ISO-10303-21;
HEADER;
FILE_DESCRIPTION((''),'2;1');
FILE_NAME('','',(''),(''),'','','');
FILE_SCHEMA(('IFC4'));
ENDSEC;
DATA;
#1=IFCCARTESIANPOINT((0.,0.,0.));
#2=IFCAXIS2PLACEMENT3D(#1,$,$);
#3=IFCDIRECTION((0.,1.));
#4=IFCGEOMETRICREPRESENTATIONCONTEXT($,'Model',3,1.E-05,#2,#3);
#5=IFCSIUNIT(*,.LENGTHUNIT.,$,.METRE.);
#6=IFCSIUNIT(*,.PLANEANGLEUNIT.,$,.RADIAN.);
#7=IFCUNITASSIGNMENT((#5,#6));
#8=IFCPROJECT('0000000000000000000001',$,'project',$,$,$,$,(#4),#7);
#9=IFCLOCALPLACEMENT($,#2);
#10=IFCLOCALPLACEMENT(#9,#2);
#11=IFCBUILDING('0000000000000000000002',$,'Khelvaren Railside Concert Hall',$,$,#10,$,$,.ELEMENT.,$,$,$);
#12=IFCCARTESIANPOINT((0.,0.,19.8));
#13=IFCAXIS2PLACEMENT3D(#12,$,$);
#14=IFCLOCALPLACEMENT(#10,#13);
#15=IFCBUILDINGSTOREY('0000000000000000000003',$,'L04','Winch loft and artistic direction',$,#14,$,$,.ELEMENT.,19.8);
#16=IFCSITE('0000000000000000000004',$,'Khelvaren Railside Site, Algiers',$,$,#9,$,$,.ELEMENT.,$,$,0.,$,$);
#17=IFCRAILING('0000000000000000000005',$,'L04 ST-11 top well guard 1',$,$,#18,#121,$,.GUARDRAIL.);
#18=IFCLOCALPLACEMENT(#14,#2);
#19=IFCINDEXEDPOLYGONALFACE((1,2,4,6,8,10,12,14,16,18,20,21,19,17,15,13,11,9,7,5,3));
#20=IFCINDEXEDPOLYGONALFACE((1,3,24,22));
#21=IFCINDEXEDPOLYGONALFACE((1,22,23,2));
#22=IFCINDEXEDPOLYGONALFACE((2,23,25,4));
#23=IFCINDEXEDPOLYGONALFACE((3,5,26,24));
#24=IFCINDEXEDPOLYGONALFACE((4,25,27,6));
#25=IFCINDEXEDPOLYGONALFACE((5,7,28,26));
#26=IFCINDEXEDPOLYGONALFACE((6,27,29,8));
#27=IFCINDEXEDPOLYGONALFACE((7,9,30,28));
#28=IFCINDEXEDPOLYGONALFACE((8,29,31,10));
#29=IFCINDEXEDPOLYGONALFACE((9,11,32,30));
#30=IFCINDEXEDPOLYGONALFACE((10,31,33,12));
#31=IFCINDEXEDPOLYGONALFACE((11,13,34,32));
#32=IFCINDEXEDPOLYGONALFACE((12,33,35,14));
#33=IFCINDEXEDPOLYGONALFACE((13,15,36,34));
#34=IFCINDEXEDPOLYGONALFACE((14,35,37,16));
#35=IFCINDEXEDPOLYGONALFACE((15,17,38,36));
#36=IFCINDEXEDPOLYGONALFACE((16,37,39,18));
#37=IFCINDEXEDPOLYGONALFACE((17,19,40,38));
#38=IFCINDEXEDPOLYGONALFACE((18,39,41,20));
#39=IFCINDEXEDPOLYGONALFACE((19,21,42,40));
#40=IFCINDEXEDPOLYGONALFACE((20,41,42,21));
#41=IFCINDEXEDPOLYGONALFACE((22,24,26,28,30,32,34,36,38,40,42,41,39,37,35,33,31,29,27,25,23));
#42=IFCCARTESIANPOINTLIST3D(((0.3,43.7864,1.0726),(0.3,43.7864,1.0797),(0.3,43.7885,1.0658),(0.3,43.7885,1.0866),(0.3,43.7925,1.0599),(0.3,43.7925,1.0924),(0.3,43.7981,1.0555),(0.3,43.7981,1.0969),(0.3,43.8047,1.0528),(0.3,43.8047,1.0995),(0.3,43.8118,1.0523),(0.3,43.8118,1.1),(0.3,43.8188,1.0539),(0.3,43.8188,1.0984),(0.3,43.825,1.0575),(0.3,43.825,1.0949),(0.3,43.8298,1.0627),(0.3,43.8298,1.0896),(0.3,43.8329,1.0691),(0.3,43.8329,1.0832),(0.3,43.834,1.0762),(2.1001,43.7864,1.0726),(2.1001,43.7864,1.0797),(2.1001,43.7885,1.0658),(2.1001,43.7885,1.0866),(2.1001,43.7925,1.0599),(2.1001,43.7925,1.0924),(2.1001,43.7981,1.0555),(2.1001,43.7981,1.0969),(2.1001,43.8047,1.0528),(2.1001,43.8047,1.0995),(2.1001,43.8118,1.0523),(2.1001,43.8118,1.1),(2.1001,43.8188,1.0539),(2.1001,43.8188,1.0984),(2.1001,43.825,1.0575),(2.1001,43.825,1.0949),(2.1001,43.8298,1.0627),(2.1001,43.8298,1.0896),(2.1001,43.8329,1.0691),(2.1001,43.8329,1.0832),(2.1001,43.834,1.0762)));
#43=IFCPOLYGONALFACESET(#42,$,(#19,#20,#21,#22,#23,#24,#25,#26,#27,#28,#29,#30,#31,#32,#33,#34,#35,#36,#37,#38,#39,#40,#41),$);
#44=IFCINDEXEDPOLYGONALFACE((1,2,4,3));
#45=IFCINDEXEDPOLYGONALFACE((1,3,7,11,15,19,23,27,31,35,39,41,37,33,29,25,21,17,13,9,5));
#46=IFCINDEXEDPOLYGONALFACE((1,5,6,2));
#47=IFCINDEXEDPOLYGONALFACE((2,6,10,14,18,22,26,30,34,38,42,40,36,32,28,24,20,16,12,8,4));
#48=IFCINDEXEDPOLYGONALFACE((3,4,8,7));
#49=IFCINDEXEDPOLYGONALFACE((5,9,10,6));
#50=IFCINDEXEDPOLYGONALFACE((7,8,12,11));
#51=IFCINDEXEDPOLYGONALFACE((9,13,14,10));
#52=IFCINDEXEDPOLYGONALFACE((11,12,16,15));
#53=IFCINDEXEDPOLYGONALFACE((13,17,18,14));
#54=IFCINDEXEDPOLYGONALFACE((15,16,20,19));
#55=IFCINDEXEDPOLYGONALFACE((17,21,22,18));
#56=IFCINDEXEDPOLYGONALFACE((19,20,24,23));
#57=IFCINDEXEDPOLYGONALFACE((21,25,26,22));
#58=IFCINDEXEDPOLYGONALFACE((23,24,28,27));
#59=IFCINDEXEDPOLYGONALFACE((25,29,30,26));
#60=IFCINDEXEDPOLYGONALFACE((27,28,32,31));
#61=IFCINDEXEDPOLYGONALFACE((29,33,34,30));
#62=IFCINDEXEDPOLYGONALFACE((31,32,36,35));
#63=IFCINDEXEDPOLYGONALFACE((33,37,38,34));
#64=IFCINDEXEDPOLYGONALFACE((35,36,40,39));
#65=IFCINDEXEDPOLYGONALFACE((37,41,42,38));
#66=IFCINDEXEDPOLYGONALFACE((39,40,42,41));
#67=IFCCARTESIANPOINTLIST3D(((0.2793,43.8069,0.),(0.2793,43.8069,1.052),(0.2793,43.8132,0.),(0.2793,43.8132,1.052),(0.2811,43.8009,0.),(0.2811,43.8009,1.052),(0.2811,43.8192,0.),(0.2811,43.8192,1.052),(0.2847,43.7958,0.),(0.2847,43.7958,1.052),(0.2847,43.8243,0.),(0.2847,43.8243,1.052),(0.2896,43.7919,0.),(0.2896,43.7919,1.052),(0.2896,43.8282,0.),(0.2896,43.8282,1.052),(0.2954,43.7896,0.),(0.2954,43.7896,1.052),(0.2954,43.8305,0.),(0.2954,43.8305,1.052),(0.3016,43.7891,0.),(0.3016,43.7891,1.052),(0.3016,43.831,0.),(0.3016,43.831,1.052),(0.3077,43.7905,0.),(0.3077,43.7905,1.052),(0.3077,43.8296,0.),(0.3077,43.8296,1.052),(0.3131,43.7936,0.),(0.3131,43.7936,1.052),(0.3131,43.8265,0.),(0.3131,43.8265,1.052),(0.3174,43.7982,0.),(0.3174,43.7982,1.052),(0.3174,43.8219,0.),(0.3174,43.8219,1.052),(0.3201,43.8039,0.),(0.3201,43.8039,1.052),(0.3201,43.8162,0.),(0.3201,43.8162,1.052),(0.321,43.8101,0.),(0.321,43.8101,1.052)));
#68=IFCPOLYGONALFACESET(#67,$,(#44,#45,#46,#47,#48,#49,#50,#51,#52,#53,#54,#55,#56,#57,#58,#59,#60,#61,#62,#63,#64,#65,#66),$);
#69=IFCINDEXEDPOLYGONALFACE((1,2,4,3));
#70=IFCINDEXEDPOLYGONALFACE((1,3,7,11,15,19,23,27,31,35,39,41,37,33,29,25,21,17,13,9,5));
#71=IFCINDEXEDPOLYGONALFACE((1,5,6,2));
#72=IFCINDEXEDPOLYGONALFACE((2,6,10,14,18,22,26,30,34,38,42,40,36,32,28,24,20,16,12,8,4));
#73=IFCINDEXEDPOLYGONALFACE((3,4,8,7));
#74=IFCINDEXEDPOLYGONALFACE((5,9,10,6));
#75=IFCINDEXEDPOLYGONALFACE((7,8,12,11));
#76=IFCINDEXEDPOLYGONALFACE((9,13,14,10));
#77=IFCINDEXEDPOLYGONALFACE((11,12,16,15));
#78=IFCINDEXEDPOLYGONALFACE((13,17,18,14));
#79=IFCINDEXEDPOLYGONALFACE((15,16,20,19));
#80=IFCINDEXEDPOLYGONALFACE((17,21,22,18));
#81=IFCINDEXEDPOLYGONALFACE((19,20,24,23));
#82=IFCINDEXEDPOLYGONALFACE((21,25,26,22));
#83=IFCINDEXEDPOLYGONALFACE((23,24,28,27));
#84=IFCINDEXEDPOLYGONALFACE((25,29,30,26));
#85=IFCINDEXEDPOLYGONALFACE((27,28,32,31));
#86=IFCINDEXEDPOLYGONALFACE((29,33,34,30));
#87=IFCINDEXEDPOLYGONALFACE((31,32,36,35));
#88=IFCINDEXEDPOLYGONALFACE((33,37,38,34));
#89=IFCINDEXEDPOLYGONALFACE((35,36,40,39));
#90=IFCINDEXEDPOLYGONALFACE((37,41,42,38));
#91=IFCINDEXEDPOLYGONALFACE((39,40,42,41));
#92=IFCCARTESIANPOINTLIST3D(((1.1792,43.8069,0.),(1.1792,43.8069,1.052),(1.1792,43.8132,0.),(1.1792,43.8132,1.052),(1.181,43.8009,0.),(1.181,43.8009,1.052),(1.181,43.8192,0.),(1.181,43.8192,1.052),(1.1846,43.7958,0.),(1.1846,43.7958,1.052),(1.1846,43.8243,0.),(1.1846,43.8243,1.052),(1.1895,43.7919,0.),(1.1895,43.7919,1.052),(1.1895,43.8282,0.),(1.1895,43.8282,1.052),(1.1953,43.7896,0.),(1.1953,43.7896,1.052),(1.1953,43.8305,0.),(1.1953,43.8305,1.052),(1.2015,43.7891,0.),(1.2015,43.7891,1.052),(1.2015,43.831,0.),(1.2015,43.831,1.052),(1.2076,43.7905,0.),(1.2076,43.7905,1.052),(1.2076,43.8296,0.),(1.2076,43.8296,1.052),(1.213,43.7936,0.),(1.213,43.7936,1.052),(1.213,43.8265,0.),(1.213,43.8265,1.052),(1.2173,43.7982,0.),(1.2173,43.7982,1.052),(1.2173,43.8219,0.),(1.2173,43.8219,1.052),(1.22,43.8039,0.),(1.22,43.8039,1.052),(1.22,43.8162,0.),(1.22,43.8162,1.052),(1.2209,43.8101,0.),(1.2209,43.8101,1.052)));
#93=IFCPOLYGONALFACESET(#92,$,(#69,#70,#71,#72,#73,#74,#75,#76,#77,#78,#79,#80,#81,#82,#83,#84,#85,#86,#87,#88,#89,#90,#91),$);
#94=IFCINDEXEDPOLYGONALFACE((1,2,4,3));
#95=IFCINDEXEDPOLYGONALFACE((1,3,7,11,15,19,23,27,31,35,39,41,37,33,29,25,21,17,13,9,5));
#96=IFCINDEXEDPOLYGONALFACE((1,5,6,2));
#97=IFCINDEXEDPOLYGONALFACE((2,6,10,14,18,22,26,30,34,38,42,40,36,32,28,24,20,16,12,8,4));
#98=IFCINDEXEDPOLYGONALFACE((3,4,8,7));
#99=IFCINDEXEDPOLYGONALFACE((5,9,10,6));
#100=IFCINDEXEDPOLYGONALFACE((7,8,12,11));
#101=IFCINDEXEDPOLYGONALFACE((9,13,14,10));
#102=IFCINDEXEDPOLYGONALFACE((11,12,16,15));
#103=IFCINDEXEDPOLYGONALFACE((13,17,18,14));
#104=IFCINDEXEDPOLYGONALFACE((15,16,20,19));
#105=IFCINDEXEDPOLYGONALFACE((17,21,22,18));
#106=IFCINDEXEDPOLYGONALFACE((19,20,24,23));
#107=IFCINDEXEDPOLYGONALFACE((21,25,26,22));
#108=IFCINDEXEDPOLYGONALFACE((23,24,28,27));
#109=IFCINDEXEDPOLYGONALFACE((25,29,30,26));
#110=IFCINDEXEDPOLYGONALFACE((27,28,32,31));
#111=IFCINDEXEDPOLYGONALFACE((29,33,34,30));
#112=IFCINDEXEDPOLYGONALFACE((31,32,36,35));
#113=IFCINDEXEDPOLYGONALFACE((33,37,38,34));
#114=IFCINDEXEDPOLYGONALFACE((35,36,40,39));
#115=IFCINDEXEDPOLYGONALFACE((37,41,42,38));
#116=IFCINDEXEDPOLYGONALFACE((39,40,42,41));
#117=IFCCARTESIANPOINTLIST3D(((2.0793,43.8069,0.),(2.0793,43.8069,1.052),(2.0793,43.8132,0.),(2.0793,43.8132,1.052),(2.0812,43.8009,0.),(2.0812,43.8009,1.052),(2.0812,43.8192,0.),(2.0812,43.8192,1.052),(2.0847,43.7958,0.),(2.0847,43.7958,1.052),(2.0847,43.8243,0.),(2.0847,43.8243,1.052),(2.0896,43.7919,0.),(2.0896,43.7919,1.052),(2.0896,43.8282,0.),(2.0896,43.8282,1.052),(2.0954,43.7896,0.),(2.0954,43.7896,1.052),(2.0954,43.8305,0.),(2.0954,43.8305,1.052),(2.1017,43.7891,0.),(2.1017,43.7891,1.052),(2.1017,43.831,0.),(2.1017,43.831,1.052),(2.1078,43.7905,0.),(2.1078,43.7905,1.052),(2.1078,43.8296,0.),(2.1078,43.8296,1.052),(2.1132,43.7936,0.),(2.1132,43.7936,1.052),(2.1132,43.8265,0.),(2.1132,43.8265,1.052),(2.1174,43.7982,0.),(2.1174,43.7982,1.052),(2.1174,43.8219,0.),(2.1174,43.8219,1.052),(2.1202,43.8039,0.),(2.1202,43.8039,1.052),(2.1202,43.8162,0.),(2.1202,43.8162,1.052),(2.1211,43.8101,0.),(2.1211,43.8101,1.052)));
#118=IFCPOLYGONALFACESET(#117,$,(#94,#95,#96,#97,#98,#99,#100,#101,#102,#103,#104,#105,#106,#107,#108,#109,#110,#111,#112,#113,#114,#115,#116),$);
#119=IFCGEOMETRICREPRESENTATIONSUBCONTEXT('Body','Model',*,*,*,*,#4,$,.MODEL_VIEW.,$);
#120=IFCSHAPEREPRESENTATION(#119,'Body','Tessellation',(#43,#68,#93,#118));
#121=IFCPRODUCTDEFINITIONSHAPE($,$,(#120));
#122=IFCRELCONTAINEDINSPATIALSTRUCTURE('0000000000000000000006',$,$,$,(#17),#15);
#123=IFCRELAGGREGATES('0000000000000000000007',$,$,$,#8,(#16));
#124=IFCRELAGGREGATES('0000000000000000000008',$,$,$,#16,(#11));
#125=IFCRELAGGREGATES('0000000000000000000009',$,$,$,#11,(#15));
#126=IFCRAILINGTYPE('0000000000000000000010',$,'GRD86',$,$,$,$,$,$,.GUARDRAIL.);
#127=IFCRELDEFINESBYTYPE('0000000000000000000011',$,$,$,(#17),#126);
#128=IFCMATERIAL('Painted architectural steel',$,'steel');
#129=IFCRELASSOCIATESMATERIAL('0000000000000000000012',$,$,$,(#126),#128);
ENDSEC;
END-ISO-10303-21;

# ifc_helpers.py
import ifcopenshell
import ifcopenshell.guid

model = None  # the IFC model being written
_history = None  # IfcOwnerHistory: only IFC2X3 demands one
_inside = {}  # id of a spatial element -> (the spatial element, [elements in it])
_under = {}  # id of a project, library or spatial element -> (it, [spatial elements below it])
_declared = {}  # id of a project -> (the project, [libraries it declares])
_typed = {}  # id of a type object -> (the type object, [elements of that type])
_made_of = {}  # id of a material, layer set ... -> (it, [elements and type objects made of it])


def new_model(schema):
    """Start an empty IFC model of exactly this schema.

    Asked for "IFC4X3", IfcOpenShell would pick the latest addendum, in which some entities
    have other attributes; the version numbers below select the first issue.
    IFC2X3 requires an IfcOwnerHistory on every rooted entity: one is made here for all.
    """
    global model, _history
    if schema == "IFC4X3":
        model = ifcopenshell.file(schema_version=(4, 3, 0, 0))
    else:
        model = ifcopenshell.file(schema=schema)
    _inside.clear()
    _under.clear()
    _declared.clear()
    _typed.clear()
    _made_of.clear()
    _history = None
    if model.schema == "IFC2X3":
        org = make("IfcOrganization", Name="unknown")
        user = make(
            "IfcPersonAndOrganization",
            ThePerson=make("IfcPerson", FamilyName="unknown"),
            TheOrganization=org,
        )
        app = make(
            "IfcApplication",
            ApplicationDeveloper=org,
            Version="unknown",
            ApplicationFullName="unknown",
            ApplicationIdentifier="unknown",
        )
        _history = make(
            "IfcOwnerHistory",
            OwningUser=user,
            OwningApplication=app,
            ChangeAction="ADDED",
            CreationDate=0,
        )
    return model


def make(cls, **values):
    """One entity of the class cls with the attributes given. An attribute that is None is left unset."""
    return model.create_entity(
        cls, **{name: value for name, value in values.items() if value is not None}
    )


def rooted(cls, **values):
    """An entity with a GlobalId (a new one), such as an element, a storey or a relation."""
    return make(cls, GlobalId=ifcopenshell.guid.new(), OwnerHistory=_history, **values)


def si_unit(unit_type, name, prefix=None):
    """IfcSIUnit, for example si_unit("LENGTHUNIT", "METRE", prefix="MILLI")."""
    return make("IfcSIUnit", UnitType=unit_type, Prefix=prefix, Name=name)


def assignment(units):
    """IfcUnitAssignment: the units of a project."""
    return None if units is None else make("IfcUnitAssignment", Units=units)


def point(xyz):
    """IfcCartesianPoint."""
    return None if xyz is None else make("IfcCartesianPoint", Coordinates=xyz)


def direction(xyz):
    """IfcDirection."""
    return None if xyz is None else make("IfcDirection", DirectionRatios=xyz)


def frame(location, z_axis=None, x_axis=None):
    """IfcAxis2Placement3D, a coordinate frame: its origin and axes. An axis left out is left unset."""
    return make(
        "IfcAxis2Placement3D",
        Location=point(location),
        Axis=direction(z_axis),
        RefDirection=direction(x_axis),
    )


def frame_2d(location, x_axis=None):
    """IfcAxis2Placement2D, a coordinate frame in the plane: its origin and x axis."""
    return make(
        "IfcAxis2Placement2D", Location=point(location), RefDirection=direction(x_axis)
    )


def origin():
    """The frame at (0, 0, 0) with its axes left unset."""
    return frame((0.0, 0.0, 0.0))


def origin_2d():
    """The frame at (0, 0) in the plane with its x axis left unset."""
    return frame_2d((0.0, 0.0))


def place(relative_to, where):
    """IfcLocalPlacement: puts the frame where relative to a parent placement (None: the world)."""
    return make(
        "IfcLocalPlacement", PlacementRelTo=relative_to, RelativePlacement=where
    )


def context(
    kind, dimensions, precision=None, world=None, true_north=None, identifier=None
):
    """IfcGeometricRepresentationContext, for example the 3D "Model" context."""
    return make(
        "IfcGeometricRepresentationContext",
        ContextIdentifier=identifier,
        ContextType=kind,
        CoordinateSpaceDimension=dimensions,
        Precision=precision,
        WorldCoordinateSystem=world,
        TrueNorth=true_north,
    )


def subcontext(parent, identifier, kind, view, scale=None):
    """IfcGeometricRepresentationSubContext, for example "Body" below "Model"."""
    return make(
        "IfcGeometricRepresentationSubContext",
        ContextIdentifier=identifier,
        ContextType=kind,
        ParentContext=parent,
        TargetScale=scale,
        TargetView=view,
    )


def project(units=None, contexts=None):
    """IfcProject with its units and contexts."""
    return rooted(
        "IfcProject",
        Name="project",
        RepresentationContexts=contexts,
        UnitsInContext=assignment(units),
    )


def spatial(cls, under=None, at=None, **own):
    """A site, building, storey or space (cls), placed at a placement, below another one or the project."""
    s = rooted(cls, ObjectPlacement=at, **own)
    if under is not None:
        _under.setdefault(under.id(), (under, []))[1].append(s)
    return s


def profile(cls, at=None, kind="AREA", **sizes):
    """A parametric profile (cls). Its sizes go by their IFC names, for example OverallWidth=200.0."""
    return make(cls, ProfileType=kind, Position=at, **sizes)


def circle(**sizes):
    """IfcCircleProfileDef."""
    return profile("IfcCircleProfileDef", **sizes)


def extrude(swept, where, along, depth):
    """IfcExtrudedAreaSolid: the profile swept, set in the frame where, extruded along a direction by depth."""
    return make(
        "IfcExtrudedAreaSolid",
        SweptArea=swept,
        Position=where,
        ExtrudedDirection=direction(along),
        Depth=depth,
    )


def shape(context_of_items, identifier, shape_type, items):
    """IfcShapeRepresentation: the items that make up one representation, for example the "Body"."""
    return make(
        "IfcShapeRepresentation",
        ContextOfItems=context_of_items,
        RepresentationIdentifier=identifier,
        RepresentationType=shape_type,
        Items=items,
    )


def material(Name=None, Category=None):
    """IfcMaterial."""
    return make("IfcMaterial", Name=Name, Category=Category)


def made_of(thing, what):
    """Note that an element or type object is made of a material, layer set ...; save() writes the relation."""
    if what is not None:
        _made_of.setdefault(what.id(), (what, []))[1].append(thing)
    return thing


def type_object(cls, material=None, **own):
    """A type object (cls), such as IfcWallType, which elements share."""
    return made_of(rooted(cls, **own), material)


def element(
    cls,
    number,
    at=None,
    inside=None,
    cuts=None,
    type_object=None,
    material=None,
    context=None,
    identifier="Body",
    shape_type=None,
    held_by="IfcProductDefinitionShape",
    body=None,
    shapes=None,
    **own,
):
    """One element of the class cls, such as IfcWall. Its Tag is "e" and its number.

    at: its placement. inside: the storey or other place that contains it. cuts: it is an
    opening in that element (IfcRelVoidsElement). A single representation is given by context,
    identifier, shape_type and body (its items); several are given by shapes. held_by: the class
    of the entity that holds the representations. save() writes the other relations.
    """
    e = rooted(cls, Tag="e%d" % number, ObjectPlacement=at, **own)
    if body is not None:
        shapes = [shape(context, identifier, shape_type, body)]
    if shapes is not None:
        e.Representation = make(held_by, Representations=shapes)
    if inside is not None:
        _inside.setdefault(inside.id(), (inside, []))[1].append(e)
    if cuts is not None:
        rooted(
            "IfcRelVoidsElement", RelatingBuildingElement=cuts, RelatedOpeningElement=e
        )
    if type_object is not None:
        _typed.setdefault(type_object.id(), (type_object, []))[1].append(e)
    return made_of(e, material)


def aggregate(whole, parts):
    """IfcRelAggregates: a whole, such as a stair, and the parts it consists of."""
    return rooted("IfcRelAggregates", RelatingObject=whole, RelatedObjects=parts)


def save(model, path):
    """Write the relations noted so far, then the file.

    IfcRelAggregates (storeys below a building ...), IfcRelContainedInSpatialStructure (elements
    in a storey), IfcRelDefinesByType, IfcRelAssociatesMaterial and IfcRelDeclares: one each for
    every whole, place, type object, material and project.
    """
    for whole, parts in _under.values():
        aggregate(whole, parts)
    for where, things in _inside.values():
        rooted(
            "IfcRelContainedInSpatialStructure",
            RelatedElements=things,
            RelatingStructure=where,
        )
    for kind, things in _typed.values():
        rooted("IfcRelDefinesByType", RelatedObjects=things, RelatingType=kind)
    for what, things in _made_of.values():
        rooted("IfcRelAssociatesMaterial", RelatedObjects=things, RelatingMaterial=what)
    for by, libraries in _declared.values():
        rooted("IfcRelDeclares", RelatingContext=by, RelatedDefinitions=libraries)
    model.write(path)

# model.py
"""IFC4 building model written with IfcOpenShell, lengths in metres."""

from ifc_helpers import new_model, si_unit, direction, frame, origin, origin_2d, place, context, subcontext, project, spatial, circle, extrude, material, type_object, element, save


model = new_model("IFC4")

# Units and contexts
model_context = context("Model", 3, precision=1e-05, world=origin(), true_north=direction((0.0, 1.0)))
body_context = subcontext(model_context, "Body", "Model", "MODEL_VIEW")
ifc_project = project(units=[si_unit("LENGTHUNIT", "METRE"), si_unit("PLANEANGLEUNIT", "RADIAN")], contexts=[model_context])

# Site, building, storey
site_placement = place(None, origin())
site = spatial("IfcSite", under=ifc_project, at=site_placement, Name="Khelvaren Railside Site, Algiers", CompositionType="ELEMENT", RefElevation=0.0)
building_placement = place(site_placement, origin())
building = spatial("IfcBuilding", under=site, at=building_placement, Name="Khelvaren Railside Concert Hall", CompositionType="ELEMENT")
storey_placement = place(building_placement, frame((0.0, 0.0, 19.8)))
storey = spatial("IfcBuildingStorey", under=building, at=storey_placement, Name="L04", Description="Winch loft and artistic direction", CompositionType="ELEMENT", Elevation=19.8)

# Railing
ifc_material_1 = material(Name="Painted architectural steel", Category="steel")
railing_type = type_object("IfcRailingType", Name="GRD86", PredefinedType="GUARDRAIL", material=ifc_material_1)
railing_placement = place(storey_placement, frame((0.3, 43.8101, 0.0)))
element("IfcRailing", 1, at=railing_placement, inside=storey, type_object=railing_type, Name="L04 ST-11 top well guard 1", PredefinedType="GUARDRAIL", context=body_context, shape_type="SweptSolid", body=[
    extrude(circle(Radius=0.0239, at=origin_2d()), frame((0.0, 0.0, 1.0762), z_axis=(1.0, 0.0, 0.0), x_axis=(0.0, 1.0, 0.0)), (0.0, 0.0, 1.0), 1.8),
    extrude(circle(Radius=0.021, at=origin_2d()), origin(), (0.0, 0.0, 1.0), 1.052),
    extrude(circle(Radius=0.021, at=origin_2d()), frame((0.8999, 0.0, 0.0)), (0.0, 0.0, 1.0), 1.052),
    extrude(circle(Radius=0.021, at=origin_2d()), frame((1.8, 0.0, 0.0)), (0.0, 0.0, 1.0), 1.052),
])

save(model, "model.ifc")
